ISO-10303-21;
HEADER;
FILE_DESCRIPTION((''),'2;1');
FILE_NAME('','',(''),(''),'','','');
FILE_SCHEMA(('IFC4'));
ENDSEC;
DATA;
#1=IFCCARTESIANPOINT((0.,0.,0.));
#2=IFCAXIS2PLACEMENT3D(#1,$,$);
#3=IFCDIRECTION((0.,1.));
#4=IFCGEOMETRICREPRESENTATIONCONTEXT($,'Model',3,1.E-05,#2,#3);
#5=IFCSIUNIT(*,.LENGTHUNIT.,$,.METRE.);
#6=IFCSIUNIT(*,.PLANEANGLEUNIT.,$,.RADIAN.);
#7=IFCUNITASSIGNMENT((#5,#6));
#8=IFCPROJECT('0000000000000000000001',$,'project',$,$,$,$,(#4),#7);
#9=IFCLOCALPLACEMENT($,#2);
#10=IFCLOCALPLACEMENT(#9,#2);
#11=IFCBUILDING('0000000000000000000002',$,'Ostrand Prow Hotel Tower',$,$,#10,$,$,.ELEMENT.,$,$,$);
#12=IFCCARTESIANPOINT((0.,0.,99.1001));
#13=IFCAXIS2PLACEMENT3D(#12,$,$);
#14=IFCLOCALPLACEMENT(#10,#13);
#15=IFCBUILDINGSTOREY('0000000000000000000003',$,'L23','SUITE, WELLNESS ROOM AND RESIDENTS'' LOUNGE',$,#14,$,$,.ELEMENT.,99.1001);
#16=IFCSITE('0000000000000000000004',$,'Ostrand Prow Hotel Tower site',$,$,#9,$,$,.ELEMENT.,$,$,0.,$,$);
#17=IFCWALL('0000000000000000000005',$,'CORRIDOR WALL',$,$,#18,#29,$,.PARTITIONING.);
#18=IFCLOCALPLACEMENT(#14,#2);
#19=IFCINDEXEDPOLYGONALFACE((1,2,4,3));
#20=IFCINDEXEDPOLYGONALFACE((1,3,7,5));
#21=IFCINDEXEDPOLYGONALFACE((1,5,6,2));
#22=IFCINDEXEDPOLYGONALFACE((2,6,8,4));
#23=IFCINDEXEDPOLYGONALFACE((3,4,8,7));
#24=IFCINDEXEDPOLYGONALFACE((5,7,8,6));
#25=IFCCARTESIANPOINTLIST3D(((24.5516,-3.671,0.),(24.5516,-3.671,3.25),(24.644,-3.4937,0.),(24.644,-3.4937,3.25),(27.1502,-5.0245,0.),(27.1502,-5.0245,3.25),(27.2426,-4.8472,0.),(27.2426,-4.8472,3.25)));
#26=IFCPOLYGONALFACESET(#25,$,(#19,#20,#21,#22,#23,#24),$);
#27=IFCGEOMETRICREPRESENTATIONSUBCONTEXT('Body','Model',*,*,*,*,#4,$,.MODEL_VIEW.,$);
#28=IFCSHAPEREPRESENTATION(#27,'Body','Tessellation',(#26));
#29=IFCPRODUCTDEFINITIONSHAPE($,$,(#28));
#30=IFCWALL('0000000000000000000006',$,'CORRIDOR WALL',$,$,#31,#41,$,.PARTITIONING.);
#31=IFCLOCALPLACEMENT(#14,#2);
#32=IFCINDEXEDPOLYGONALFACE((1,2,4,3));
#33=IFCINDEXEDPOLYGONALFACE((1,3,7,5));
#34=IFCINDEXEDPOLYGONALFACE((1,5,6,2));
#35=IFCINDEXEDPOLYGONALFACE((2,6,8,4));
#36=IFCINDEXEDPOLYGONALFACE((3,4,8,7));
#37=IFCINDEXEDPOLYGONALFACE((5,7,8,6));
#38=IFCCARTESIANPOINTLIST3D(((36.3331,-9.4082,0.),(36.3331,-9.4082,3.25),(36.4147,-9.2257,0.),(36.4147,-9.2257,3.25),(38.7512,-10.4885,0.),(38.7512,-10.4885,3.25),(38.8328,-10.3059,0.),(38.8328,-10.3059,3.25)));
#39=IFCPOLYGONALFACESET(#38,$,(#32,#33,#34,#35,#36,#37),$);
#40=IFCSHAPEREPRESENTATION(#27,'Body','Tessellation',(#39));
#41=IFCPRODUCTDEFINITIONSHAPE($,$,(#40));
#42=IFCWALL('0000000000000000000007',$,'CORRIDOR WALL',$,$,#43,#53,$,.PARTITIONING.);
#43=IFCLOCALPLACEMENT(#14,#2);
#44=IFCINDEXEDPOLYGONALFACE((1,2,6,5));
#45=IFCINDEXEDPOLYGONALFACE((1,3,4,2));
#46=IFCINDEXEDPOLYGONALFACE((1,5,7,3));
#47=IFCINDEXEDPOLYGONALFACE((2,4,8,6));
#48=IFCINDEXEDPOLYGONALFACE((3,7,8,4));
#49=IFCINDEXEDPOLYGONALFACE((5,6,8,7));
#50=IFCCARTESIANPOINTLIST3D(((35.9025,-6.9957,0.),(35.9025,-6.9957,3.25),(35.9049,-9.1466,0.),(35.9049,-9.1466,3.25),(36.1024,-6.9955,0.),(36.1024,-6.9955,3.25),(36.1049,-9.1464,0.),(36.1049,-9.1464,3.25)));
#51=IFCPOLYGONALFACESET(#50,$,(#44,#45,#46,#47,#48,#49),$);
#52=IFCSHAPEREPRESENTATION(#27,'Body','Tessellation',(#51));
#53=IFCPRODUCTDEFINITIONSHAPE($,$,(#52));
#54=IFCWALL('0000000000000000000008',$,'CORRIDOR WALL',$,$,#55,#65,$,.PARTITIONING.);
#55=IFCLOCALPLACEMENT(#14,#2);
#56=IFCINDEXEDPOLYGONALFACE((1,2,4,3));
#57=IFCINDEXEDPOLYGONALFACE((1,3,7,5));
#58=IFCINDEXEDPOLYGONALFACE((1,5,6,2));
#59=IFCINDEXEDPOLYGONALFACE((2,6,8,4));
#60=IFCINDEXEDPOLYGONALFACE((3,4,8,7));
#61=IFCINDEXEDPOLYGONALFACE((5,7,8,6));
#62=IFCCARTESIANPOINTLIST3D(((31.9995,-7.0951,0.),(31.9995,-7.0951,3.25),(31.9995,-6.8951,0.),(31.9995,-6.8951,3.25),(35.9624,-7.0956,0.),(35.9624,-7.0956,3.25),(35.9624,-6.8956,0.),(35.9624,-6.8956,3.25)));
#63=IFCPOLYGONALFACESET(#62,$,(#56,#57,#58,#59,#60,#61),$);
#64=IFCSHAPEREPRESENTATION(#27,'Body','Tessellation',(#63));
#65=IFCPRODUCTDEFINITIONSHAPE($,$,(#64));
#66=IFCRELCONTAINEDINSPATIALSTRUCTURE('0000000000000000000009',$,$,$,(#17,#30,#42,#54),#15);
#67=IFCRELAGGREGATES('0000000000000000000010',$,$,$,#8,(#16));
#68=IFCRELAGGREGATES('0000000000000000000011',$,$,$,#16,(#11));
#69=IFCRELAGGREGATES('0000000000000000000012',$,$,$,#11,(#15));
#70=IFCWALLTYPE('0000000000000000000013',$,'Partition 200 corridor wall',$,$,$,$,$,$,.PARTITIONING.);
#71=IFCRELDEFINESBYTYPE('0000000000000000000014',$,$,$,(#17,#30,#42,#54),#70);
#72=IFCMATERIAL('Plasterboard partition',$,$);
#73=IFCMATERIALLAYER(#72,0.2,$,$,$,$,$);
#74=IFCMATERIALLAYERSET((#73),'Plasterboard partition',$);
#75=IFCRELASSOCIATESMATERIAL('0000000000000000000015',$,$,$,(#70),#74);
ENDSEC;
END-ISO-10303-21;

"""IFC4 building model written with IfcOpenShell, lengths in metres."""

from ifc_helpers import new_model, si_unit, direction, frame, frame_2d, origin, place, context, subcontext, project, spatial, rectangle, extrude, material, layer, layer_set, type_object, element, save


model = new_model("IFC4")

# Units and contexts
model_context = context("Model", 3, precision=1e-05, world=origin(), true_north=direction((0.0, 1.0)))
body_context = subcontext(model_context, "Body", "Model", "MODEL_VIEW")
ifc_project = project(units=[si_unit("LENGTHUNIT", "METRE"), si_unit("PLANEANGLEUNIT", "RADIAN")], contexts=[model_context])

# Site, building, storey
site_placement = place(None, origin())
site = spatial("IfcSite", under=ifc_project, at=site_placement, Name="Ostrand Prow Hotel Tower site", CompositionType="ELEMENT", RefElevation=0.0)
building_placement = place(site_placement, origin())
building = spatial("IfcBuilding", under=site, at=building_placement, Name="Ostrand Prow Hotel Tower", CompositionType="ELEMENT")
storey_placement = place(building_placement, frame((0.0, 0.0, 99.1001)))
storey = spatial("IfcBuildingStorey", under=building, at=storey_placement, Name="L23", Description="SUITE, WELLNESS ROOM AND RESIDENTS' LOUNGE", CompositionType="ELEMENT", Elevation=99.1001)

# Shared definitions
ifc_material_1 = material(Name="Plasterboard partition")
ifc_layer_1 = layer(ifc_material_1, 0.2)
ifc_layer_set_1 = layer_set([ifc_layer_1], Name="Plasterboard partition")
wall_type_1 = type_object("IfcWallType", Name="Partition 200 corridor wall", PredefinedType="PARTITIONING", material=ifc_layer_set_1)

# Walls
wall_1_placement = place(storey_placement, frame((27.1963, -4.9358, 0.0), z_axis=(0.0, 0.0, 1.0), x_axis=(-0.886906, 0.461951, 0.0)))
element("IfcWall", 1, at=wall_1_placement, inside=storey, type_object=wall_type_1, Name="CORRIDOR WALL", PredefinedType="PARTITIONING", context=body_context, shape_type="SweptSolid", body=[
    extrude(rectangle(XDim=2.9299, YDim=0.2, at=frame_2d((1.4648, 0.0))), origin(), (0.0, 0.0, 1.0), 3.25),
])
wall_2_placement = place(storey_placement, frame((38.792, -10.3972, 0.0), z_axis=(0.0, 0.0, 1.0), x_axis=(-0.913031, 0.407891, 0.0)))
element("IfcWall", 2, at=wall_2_placement, inside=storey, type_object=wall_type_1, Name="CORRIDOR WALL", PredefinedType="PARTITIONING", context=body_context, shape_type="SweptSolid", body=[
    extrude(rectangle(XDim=2.6484, YDim=0.2, at=frame_2d((1.3242, 0.0))), origin(), (0.0, 0.0, 1.0), 3.25),
])
wall_3_placement = place(storey_placement, frame((36.0049, -9.1465, 0.0), z_axis=(0.0, 0.0, 1.0), x_axis=(-0.001135, 0.999999, 0.0)))
element("IfcWall", 3, at=wall_3_placement, inside=storey, type_object=wall_type_1, Name="CORRIDOR WALL", PredefinedType="PARTITIONING", context=body_context, shape_type="SweptSolid", body=[
    extrude(rectangle(XDim=2.1509, YDim=0.2, at=frame_2d((1.0754, 0.0))), origin(), (0.0, 0.0, 1.0), 3.25),
])
wall_4_placement = place(storey_placement, frame((35.9624, -6.9956, 0.0), z_axis=(0.0, 0.0, 1.0), x_axis=(-1.0, 0.000123, 0.0)))
element("IfcWall", 4, at=wall_4_placement, inside=storey, type_object=wall_type_1, Name="CORRIDOR WALL", PredefinedType="PARTITIONING", context=body_context, shape_type="SweptSolid", body=[
    extrude(rectangle(XDim=3.9629, YDim=0.2, at=frame_2d((1.9814, 0.0))), origin(), (0.0, 0.0, 1.0), 3.25),
])

save(model, "model.ifc")
